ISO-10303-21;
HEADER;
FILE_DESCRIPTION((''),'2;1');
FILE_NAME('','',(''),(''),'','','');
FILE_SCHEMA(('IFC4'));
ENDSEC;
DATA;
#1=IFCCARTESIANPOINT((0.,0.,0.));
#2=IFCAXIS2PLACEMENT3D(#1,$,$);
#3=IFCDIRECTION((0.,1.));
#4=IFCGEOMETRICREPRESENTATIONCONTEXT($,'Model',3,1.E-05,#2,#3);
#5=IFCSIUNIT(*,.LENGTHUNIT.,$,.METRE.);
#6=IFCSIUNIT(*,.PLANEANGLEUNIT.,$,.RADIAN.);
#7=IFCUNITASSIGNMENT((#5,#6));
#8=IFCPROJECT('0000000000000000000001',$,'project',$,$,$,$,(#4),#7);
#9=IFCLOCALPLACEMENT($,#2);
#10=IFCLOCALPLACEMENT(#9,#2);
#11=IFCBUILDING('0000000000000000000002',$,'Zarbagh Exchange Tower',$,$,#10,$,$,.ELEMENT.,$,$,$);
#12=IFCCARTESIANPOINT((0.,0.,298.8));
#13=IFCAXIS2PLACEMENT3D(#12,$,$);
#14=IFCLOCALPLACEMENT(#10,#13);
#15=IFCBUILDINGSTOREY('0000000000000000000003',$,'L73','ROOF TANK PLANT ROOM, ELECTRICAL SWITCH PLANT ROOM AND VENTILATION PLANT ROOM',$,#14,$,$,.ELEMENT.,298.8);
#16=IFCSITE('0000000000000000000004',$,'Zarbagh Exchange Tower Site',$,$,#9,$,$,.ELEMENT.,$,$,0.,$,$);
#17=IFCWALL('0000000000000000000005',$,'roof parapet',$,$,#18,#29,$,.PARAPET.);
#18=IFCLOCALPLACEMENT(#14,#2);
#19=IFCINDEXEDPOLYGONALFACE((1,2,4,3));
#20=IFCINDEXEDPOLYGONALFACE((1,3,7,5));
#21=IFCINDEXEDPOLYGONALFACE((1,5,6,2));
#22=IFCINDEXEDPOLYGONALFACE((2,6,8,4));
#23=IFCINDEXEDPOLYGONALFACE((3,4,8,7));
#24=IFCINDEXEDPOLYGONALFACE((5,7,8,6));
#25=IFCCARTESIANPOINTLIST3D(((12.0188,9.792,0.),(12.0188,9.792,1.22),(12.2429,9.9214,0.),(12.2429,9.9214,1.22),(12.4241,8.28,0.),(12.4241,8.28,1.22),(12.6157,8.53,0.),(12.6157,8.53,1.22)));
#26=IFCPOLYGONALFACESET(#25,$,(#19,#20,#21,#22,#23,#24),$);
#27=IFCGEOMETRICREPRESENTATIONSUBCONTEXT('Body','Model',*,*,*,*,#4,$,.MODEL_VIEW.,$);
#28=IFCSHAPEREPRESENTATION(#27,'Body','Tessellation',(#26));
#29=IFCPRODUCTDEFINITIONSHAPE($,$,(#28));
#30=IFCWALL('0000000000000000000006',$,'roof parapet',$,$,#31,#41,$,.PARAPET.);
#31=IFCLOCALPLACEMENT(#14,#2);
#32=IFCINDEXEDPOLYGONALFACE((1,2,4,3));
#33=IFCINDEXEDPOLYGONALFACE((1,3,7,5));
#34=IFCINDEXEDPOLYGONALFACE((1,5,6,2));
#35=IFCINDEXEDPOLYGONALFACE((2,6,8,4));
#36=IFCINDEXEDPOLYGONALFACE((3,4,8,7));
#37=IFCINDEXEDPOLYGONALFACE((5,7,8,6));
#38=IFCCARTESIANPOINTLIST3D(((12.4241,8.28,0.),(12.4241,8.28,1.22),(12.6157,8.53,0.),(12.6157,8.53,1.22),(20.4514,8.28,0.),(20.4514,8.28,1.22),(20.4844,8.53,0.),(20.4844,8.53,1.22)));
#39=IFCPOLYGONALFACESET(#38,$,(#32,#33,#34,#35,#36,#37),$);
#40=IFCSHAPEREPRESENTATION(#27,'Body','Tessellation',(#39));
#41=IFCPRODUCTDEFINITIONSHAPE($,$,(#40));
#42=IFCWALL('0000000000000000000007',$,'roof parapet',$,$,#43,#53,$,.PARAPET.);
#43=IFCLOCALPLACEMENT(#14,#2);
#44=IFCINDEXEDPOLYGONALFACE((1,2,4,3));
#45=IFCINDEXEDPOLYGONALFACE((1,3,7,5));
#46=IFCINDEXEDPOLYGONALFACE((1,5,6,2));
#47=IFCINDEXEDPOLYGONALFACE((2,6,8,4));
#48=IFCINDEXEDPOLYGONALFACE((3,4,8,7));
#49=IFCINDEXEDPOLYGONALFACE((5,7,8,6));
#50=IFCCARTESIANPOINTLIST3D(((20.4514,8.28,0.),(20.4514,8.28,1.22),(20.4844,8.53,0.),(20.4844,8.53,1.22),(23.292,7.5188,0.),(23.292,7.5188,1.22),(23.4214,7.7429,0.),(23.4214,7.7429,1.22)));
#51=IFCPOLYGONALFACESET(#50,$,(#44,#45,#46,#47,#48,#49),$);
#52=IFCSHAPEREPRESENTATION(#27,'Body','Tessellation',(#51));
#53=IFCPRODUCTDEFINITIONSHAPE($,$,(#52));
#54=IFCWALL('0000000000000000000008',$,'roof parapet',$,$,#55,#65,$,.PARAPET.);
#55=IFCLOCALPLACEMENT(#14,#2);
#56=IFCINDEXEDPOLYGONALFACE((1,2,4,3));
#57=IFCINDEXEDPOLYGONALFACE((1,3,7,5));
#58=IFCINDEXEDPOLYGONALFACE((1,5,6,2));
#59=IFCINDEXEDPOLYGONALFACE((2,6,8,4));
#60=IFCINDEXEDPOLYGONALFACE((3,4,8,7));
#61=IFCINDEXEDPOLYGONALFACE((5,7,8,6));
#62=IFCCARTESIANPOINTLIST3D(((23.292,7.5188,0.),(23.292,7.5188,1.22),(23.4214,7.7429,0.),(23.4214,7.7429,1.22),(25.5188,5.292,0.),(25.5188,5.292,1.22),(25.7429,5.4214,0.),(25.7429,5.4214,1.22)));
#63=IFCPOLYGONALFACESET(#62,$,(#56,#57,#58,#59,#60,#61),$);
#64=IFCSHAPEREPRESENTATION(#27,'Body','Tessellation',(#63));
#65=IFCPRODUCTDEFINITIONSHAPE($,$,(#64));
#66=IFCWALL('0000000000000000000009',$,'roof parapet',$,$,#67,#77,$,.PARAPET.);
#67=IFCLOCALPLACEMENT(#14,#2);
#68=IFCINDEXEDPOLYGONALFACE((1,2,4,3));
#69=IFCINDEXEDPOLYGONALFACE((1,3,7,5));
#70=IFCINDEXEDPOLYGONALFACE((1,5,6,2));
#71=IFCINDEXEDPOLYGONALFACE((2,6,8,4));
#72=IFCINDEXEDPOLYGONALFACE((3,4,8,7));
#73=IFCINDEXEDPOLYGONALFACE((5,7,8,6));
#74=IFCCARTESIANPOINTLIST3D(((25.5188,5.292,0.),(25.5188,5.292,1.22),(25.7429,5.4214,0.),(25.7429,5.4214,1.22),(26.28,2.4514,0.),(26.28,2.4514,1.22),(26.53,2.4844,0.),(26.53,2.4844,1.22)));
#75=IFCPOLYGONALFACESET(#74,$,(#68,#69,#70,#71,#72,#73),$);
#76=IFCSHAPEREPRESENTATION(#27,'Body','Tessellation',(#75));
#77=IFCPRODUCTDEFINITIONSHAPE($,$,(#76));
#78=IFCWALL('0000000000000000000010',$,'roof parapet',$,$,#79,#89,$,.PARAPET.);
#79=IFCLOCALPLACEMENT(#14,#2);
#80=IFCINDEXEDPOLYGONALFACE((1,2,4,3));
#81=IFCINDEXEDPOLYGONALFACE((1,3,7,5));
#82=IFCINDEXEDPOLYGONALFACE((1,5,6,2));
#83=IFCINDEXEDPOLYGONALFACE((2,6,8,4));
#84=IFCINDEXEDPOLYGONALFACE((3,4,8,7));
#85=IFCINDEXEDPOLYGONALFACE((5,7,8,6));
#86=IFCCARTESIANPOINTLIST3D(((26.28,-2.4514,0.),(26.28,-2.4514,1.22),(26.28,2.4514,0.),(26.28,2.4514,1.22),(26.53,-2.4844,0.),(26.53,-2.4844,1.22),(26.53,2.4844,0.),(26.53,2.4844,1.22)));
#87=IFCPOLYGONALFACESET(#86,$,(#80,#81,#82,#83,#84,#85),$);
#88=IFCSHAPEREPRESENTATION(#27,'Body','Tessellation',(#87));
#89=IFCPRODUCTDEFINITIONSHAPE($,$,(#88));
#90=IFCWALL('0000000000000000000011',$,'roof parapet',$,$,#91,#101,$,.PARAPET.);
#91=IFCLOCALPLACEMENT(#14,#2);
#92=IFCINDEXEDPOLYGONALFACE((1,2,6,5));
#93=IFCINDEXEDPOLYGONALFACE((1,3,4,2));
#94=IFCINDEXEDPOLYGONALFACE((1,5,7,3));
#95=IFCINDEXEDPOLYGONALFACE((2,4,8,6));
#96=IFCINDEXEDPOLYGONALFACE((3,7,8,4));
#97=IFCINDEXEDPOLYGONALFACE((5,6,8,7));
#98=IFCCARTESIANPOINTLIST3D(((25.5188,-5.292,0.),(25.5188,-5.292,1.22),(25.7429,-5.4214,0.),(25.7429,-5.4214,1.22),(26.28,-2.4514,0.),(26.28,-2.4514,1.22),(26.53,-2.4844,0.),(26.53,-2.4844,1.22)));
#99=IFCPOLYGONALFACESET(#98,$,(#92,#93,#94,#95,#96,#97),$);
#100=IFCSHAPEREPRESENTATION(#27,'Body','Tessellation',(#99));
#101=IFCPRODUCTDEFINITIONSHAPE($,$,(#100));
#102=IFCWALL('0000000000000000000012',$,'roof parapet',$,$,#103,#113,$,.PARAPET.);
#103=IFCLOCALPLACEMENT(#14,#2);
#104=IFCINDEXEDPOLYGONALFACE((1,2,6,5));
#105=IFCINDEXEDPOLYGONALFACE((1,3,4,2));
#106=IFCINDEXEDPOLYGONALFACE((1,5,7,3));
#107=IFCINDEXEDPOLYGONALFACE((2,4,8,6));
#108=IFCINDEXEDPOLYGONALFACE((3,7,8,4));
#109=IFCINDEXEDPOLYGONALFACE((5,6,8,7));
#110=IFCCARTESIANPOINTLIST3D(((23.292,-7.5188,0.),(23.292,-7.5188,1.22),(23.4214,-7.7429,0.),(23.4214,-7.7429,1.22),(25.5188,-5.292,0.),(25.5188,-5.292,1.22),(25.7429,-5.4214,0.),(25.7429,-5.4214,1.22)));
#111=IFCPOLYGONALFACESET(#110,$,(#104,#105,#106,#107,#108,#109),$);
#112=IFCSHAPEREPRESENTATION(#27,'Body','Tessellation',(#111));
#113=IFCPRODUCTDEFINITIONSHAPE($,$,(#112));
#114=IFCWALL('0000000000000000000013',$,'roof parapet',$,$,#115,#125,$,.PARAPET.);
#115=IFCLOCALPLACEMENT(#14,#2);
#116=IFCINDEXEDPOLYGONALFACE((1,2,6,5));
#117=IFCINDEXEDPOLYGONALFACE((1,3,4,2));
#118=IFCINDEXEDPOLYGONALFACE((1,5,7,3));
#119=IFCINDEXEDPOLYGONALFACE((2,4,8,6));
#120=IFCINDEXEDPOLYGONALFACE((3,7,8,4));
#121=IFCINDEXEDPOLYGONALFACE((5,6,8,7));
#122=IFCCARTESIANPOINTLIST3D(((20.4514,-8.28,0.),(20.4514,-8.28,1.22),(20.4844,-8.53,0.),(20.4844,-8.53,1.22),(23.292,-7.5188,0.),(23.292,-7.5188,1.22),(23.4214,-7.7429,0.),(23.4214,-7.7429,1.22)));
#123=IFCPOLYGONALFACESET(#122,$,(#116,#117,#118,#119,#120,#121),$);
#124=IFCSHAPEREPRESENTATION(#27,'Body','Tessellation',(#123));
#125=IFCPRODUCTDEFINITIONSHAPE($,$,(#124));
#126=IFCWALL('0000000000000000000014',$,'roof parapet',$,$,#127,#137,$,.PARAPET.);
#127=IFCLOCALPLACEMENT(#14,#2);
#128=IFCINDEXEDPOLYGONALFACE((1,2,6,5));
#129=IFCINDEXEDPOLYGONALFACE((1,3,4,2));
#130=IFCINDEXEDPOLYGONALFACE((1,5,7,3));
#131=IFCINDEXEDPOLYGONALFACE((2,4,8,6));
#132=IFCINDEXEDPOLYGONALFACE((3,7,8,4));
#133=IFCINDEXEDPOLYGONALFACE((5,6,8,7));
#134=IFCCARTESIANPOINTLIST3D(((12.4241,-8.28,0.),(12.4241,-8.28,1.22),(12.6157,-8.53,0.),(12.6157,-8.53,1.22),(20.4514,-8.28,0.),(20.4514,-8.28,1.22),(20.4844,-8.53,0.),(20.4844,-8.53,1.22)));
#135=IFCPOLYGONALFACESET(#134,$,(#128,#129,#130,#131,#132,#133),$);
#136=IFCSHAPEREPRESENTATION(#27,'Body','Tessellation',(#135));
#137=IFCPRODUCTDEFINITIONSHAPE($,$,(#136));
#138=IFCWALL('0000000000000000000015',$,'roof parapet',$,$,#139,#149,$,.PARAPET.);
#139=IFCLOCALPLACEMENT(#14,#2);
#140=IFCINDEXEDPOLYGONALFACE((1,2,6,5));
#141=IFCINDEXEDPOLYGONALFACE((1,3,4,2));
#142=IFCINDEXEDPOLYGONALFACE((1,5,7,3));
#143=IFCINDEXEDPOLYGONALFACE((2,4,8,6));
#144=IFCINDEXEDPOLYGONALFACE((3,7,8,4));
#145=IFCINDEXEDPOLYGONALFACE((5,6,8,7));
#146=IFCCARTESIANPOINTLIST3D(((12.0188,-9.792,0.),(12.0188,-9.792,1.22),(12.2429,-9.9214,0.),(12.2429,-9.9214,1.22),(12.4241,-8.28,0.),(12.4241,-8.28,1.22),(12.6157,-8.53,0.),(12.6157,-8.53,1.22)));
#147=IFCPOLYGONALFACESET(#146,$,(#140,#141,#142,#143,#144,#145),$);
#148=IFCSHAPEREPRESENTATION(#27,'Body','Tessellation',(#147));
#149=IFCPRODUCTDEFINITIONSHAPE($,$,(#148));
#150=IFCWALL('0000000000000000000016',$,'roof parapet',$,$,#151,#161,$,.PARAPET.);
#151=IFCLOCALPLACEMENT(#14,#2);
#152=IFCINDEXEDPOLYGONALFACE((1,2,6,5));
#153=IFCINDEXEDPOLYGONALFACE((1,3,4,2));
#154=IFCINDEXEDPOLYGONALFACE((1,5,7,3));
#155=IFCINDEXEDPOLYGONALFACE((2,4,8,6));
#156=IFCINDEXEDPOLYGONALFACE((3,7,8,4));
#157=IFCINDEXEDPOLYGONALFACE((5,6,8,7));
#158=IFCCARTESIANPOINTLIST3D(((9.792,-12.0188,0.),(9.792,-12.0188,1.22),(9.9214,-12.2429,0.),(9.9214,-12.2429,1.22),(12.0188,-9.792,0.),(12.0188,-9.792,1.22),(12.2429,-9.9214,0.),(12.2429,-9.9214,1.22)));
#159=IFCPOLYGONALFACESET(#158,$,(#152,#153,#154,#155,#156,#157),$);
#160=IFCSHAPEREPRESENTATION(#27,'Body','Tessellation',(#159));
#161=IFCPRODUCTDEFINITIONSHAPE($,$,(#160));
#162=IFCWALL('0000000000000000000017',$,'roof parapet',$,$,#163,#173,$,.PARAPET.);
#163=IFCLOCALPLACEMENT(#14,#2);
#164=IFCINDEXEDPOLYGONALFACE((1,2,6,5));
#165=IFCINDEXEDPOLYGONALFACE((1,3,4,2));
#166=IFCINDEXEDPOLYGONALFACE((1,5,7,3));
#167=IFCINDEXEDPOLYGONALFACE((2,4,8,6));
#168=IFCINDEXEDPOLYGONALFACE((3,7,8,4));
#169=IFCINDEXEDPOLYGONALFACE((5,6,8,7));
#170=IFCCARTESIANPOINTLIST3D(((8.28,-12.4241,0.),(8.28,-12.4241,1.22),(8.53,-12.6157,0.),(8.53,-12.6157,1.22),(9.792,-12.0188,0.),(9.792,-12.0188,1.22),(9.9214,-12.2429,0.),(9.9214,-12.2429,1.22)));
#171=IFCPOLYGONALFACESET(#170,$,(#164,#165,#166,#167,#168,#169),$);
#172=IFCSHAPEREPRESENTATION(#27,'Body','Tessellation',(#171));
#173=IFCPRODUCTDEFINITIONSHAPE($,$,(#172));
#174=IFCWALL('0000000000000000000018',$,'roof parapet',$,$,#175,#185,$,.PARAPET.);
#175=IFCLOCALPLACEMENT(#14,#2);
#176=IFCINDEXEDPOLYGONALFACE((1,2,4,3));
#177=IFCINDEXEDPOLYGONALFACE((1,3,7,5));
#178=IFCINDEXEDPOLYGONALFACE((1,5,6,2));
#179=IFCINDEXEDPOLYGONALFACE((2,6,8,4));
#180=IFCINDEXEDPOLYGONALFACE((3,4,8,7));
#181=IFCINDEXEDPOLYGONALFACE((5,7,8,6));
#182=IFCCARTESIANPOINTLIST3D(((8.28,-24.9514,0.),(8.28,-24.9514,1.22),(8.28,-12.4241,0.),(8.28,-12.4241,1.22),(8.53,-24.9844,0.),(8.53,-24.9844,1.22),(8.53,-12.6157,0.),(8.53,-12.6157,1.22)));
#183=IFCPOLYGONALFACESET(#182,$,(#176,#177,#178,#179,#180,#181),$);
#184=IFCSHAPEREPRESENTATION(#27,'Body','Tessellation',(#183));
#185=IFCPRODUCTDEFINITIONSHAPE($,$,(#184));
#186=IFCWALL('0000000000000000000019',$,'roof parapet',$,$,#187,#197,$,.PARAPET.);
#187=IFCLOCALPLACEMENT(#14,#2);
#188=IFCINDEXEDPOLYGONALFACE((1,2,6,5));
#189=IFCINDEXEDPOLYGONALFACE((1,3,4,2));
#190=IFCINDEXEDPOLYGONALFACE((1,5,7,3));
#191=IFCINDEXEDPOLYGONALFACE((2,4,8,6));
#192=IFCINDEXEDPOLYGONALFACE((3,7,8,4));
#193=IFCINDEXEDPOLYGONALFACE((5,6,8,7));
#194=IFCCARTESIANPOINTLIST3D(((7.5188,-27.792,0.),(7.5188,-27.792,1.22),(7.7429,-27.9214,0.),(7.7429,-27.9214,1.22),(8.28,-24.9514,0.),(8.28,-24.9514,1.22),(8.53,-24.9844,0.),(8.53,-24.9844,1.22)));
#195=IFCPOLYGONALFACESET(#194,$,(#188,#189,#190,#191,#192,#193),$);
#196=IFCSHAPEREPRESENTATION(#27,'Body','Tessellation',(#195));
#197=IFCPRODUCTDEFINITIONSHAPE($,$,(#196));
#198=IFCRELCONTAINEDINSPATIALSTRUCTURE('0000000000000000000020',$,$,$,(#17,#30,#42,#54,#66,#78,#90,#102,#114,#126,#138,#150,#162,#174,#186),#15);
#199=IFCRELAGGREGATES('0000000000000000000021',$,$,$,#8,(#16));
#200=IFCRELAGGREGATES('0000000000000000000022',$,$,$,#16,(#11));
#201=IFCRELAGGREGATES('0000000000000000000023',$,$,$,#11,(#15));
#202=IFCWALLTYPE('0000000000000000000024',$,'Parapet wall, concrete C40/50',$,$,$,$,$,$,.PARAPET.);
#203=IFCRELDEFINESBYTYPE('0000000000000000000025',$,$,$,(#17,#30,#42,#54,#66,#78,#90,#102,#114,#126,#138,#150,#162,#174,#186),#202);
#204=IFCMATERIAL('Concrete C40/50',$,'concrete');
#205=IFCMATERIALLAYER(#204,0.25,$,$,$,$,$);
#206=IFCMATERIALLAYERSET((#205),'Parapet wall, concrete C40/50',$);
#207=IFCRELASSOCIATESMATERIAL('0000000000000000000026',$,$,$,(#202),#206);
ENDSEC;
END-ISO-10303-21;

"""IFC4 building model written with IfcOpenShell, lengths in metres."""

from ifc_helpers import new_model, si_unit, direction, frame, origin, place, context, subcontext, project, spatial, polyline, outline, extrude, material, layer, layer_set, type_object, element, save


model = new_model("IFC4")

# Units and contexts
model_context = context("Model", 3, precision=1e-05, world=origin(), true_north=direction((0.0, 1.0)))
body_context = subcontext(model_context, "Body", "Model", "MODEL_VIEW")
ifc_project = project(units=[si_unit("LENGTHUNIT", "METRE"), si_unit("PLANEANGLEUNIT", "RADIAN")], contexts=[model_context])

# Site, building, storey
site_placement = place(None, origin())
site = spatial("IfcSite", under=ifc_project, at=site_placement, Name="Zarbagh Exchange Tower Site", CompositionType="ELEMENT", RefElevation=0.0)
building_placement = place(site_placement, origin())
building = spatial("IfcBuilding", under=site, at=building_placement, Name="Zarbagh Exchange Tower", CompositionType="ELEMENT")
storey_placement = place(building_placement, frame((0.0, 0.0, 298.8)))
storey = spatial("IfcBuildingStorey", under=building, at=storey_placement, Name="L73", Description="ROOF TANK PLANT ROOM, ELECTRICAL SWITCH PLANT ROOM AND VENTILATION PLANT ROOM", CompositionType="ELEMENT", Elevation=298.8)

# Walls
ifc_material = material(Name="Concrete C40/50", Category="concrete")
ifc_layer = layer(ifc_material, 0.25)
ifc_layer_set = layer_set([ifc_layer], Name="Parapet wall, concrete C40/50")
wall_type = type_object("IfcWallType", Name="Parapet wall, concrete C40/50", PredefinedType="PARAPET", material=ifc_layer_set)
wall_1_placement = place(storey_placement, origin())
element("IfcWall", 1, at=wall_1_placement, inside=storey, type_object=wall_type, Name="roof parapet", PredefinedType="PARAPET", context=body_context, shape_type="SweptSolid", body=[
    extrude(outline(polyline([(12.2429, 9.9214), (12.6157, 8.53), (12.4241, 8.28), (12.0188, 9.792), (12.2429, 9.9214)])), origin(), (0.0, 0.0, 1.0), 1.22),
])
wall_2_placement = place(storey_placement, origin())
element("IfcWall", 2, at=wall_2_placement, inside=storey, type_object=wall_type, Name="roof parapet", PredefinedType="PARAPET", context=body_context, shape_type="SweptSolid", body=[
    extrude(outline(polyline([(12.6157, 8.53), (20.4844, 8.53), (20.4514, 8.28), (12.4241, 8.28), (12.6157, 8.53)])), origin(), (0.0, 0.0, 1.0), 1.22),
])
wall_3_placement = place(storey_placement, origin())
element("IfcWall", 3, at=wall_3_placement, inside=storey, type_object=wall_type, Name="roof parapet", PredefinedType="PARAPET", context=body_context, shape_type="SweptSolid", body=[
    extrude(outline(polyline([(20.4844, 8.53), (23.4214, 7.7429), (23.292, 7.5188), (20.4514, 8.28), (20.4844, 8.53)])), origin(), (0.0, 0.0, 1.0), 1.22),
])
wall_4_placement = place(storey_placement, origin())
element("IfcWall", 4, at=wall_4_placement, inside=storey, type_object=wall_type, Name="roof parapet", PredefinedType="PARAPET", context=body_context, shape_type="SweptSolid", body=[
    extrude(outline(polyline([(23.4214, 7.7429), (25.7429, 5.4214), (25.5188, 5.292), (23.292, 7.5188), (23.4214, 7.7429)])), origin(), (0.0, 0.0, 1.0), 1.22),
])
wall_5_placement = place(storey_placement, origin())
element("IfcWall", 5, at=wall_5_placement, inside=storey, type_object=wall_type, Name="roof parapet", PredefinedType="PARAPET", context=body_context, shape_type="SweptSolid", body=[
    extrude(outline(polyline([(25.7429, 5.4214), (26.53, 2.4844), (26.28, 2.4514), (25.5188, 5.292), (25.7429, 5.4214)])), origin(), (0.0, 0.0, 1.0), 1.22),
])
wall_6_placement = place(storey_placement, origin())
element("IfcWall", 6, at=wall_6_placement, inside=storey, type_object=wall_type, Name="roof parapet", PredefinedType="PARAPET", context=body_context, shape_type="SweptSolid", body=[
    extrude(outline(polyline([(26.53, 2.4844), (26.53, -2.4844), (26.28, -2.4514), (26.28, 2.4514), (26.53, 2.4844)])), origin(), (0.0, 0.0, 1.0), 1.22),
])
wall_7_placement = place(storey_placement, origin())
element("IfcWall", 7, at=wall_7_placement, inside=storey, type_object=wall_type, Name="roof parapet", PredefinedType="PARAPET", context=body_context, shape_type="SweptSolid", body=[
    extrude(outline(polyline([(26.53, -2.4844), (25.7429, -5.4214), (25.5188, -5.292), (26.28, -2.4514), (26.53, -2.4844)])), origin(), (0.0, 0.0, 1.0), 1.22),
])
wall_8_placement = place(storey_placement, origin())
element("IfcWall", 8, at=wall_8_placement, inside=storey, type_object=wall_type, Name="roof parapet", PredefinedType="PARAPET", context=body_context, shape_type="SweptSolid", body=[
    extrude(outline(polyline([(25.7429, -5.4214), (23.4214, -7.7429), (23.292, -7.5188), (25.5188, -5.292), (25.7429, -5.4214)])), origin(), (0.0, 0.0, 1.0), 1.22),
])
wall_9_placement = place(storey_placement, origin())
element("IfcWall", 9, at=wall_9_placement, inside=storey, type_object=wall_type, Name="roof parapet", PredefinedType="PARAPET", context=body_context, shape_type="SweptSolid", body=[
    extrude(outline(polyline([(23.4214, -7.7429), (20.4844, -8.53), (20.4514, -8.28), (23.292, -7.5188), (23.4214, -7.7429)])), origin(), (0.0, 0.0, 1.0), 1.22),
])
wall_10_placement = place(storey_placement, origin())
element("IfcWall", 10, at=wall_10_placement, inside=storey, type_object=wall_type, Name="roof parapet", PredefinedType="PARAPET", context=body_context, shape_type="SweptSolid", body=[
    extrude(outline(polyline([(20.4844, -8.53), (12.6157, -8.53), (12.4241, -8.28), (20.4514, -8.28), (20.4844, -8.53)])), origin(), (0.0, 0.0, 1.0), 1.22),
])
wall_11_placement = place(storey_placement, origin())
element("IfcWall", 11, at=wall_11_placement, inside=storey, type_object=wall_type, Name="roof parapet", PredefinedType="PARAPET", context=body_context, shape_type="SweptSolid", body=[
    extrude(outline(polyline([(12.6157, -8.53), (12.2429, -9.9214), (12.0188, -9.792), (12.4241, -8.28), (12.6157, -8.53)])), origin(), (0.0, 0.0, 1.0), 1.22),
])
wall_12_placement = place(storey_placement, origin())
element("IfcWall", 12, at=wall_12_placement, inside=storey, type_object=wall_type, Name="roof parapet", PredefinedType="PARAPET", context=body_context, shape_type="SweptSolid", body=[
    extrude(outline(polyline([(12.2429, -9.9214), (9.9214, -12.2429), (9.792, -12.0188), (12.0188, -9.792), (12.2429, -9.9214)])), origin(), (0.0, 0.0, 1.0), 1.22),
])
wall_13_placement = place(storey_placement, origin())
element("IfcWall", 13, at=wall_13_placement, inside=storey, type_object=wall_type, Name="roof parapet", PredefinedType="PARAPET", context=body_context, shape_type="SweptSolid", body=[
    extrude(outline(polyline([(9.9214, -12.2429), (8.53, -12.6157), (8.28, -12.4241), (9.792, -12.0188), (9.9214, -12.2429)])), origin(), (0.0, 0.0, 1.0), 1.22),
])
wall_14_placement = place(storey_placement, origin())
element("IfcWall", 14, at=wall_14_placement, inside=storey, type_object=wall_type, Name="roof parapet", PredefinedType="PARAPET", context=body_context, shape_type="SweptSolid", body=[
    extrude(outline(polyline([(8.53, -12.6157), (8.53, -24.9844), (8.28, -24.9514), (8.28, -12.4241), (8.53, -12.6157)])), origin(), (0.0, 0.0, 1.0), 1.22),
])
wall_15_placement = place(storey_placement, origin())
element("IfcWall", 15, at=wall_15_placement, inside=storey, type_object=wall_type, Name="roof parapet", PredefinedType="PARAPET", context=body_context, shape_type="SweptSolid", body=[
    extrude(outline(polyline([(8.53, -24.9844), (7.7429, -27.9214), (7.5188, -27.792), (8.28, -24.9514), (8.53, -24.9844)])), origin(), (0.0, 0.0, 1.0), 1.22),
])

save(model, "model.ifc")
